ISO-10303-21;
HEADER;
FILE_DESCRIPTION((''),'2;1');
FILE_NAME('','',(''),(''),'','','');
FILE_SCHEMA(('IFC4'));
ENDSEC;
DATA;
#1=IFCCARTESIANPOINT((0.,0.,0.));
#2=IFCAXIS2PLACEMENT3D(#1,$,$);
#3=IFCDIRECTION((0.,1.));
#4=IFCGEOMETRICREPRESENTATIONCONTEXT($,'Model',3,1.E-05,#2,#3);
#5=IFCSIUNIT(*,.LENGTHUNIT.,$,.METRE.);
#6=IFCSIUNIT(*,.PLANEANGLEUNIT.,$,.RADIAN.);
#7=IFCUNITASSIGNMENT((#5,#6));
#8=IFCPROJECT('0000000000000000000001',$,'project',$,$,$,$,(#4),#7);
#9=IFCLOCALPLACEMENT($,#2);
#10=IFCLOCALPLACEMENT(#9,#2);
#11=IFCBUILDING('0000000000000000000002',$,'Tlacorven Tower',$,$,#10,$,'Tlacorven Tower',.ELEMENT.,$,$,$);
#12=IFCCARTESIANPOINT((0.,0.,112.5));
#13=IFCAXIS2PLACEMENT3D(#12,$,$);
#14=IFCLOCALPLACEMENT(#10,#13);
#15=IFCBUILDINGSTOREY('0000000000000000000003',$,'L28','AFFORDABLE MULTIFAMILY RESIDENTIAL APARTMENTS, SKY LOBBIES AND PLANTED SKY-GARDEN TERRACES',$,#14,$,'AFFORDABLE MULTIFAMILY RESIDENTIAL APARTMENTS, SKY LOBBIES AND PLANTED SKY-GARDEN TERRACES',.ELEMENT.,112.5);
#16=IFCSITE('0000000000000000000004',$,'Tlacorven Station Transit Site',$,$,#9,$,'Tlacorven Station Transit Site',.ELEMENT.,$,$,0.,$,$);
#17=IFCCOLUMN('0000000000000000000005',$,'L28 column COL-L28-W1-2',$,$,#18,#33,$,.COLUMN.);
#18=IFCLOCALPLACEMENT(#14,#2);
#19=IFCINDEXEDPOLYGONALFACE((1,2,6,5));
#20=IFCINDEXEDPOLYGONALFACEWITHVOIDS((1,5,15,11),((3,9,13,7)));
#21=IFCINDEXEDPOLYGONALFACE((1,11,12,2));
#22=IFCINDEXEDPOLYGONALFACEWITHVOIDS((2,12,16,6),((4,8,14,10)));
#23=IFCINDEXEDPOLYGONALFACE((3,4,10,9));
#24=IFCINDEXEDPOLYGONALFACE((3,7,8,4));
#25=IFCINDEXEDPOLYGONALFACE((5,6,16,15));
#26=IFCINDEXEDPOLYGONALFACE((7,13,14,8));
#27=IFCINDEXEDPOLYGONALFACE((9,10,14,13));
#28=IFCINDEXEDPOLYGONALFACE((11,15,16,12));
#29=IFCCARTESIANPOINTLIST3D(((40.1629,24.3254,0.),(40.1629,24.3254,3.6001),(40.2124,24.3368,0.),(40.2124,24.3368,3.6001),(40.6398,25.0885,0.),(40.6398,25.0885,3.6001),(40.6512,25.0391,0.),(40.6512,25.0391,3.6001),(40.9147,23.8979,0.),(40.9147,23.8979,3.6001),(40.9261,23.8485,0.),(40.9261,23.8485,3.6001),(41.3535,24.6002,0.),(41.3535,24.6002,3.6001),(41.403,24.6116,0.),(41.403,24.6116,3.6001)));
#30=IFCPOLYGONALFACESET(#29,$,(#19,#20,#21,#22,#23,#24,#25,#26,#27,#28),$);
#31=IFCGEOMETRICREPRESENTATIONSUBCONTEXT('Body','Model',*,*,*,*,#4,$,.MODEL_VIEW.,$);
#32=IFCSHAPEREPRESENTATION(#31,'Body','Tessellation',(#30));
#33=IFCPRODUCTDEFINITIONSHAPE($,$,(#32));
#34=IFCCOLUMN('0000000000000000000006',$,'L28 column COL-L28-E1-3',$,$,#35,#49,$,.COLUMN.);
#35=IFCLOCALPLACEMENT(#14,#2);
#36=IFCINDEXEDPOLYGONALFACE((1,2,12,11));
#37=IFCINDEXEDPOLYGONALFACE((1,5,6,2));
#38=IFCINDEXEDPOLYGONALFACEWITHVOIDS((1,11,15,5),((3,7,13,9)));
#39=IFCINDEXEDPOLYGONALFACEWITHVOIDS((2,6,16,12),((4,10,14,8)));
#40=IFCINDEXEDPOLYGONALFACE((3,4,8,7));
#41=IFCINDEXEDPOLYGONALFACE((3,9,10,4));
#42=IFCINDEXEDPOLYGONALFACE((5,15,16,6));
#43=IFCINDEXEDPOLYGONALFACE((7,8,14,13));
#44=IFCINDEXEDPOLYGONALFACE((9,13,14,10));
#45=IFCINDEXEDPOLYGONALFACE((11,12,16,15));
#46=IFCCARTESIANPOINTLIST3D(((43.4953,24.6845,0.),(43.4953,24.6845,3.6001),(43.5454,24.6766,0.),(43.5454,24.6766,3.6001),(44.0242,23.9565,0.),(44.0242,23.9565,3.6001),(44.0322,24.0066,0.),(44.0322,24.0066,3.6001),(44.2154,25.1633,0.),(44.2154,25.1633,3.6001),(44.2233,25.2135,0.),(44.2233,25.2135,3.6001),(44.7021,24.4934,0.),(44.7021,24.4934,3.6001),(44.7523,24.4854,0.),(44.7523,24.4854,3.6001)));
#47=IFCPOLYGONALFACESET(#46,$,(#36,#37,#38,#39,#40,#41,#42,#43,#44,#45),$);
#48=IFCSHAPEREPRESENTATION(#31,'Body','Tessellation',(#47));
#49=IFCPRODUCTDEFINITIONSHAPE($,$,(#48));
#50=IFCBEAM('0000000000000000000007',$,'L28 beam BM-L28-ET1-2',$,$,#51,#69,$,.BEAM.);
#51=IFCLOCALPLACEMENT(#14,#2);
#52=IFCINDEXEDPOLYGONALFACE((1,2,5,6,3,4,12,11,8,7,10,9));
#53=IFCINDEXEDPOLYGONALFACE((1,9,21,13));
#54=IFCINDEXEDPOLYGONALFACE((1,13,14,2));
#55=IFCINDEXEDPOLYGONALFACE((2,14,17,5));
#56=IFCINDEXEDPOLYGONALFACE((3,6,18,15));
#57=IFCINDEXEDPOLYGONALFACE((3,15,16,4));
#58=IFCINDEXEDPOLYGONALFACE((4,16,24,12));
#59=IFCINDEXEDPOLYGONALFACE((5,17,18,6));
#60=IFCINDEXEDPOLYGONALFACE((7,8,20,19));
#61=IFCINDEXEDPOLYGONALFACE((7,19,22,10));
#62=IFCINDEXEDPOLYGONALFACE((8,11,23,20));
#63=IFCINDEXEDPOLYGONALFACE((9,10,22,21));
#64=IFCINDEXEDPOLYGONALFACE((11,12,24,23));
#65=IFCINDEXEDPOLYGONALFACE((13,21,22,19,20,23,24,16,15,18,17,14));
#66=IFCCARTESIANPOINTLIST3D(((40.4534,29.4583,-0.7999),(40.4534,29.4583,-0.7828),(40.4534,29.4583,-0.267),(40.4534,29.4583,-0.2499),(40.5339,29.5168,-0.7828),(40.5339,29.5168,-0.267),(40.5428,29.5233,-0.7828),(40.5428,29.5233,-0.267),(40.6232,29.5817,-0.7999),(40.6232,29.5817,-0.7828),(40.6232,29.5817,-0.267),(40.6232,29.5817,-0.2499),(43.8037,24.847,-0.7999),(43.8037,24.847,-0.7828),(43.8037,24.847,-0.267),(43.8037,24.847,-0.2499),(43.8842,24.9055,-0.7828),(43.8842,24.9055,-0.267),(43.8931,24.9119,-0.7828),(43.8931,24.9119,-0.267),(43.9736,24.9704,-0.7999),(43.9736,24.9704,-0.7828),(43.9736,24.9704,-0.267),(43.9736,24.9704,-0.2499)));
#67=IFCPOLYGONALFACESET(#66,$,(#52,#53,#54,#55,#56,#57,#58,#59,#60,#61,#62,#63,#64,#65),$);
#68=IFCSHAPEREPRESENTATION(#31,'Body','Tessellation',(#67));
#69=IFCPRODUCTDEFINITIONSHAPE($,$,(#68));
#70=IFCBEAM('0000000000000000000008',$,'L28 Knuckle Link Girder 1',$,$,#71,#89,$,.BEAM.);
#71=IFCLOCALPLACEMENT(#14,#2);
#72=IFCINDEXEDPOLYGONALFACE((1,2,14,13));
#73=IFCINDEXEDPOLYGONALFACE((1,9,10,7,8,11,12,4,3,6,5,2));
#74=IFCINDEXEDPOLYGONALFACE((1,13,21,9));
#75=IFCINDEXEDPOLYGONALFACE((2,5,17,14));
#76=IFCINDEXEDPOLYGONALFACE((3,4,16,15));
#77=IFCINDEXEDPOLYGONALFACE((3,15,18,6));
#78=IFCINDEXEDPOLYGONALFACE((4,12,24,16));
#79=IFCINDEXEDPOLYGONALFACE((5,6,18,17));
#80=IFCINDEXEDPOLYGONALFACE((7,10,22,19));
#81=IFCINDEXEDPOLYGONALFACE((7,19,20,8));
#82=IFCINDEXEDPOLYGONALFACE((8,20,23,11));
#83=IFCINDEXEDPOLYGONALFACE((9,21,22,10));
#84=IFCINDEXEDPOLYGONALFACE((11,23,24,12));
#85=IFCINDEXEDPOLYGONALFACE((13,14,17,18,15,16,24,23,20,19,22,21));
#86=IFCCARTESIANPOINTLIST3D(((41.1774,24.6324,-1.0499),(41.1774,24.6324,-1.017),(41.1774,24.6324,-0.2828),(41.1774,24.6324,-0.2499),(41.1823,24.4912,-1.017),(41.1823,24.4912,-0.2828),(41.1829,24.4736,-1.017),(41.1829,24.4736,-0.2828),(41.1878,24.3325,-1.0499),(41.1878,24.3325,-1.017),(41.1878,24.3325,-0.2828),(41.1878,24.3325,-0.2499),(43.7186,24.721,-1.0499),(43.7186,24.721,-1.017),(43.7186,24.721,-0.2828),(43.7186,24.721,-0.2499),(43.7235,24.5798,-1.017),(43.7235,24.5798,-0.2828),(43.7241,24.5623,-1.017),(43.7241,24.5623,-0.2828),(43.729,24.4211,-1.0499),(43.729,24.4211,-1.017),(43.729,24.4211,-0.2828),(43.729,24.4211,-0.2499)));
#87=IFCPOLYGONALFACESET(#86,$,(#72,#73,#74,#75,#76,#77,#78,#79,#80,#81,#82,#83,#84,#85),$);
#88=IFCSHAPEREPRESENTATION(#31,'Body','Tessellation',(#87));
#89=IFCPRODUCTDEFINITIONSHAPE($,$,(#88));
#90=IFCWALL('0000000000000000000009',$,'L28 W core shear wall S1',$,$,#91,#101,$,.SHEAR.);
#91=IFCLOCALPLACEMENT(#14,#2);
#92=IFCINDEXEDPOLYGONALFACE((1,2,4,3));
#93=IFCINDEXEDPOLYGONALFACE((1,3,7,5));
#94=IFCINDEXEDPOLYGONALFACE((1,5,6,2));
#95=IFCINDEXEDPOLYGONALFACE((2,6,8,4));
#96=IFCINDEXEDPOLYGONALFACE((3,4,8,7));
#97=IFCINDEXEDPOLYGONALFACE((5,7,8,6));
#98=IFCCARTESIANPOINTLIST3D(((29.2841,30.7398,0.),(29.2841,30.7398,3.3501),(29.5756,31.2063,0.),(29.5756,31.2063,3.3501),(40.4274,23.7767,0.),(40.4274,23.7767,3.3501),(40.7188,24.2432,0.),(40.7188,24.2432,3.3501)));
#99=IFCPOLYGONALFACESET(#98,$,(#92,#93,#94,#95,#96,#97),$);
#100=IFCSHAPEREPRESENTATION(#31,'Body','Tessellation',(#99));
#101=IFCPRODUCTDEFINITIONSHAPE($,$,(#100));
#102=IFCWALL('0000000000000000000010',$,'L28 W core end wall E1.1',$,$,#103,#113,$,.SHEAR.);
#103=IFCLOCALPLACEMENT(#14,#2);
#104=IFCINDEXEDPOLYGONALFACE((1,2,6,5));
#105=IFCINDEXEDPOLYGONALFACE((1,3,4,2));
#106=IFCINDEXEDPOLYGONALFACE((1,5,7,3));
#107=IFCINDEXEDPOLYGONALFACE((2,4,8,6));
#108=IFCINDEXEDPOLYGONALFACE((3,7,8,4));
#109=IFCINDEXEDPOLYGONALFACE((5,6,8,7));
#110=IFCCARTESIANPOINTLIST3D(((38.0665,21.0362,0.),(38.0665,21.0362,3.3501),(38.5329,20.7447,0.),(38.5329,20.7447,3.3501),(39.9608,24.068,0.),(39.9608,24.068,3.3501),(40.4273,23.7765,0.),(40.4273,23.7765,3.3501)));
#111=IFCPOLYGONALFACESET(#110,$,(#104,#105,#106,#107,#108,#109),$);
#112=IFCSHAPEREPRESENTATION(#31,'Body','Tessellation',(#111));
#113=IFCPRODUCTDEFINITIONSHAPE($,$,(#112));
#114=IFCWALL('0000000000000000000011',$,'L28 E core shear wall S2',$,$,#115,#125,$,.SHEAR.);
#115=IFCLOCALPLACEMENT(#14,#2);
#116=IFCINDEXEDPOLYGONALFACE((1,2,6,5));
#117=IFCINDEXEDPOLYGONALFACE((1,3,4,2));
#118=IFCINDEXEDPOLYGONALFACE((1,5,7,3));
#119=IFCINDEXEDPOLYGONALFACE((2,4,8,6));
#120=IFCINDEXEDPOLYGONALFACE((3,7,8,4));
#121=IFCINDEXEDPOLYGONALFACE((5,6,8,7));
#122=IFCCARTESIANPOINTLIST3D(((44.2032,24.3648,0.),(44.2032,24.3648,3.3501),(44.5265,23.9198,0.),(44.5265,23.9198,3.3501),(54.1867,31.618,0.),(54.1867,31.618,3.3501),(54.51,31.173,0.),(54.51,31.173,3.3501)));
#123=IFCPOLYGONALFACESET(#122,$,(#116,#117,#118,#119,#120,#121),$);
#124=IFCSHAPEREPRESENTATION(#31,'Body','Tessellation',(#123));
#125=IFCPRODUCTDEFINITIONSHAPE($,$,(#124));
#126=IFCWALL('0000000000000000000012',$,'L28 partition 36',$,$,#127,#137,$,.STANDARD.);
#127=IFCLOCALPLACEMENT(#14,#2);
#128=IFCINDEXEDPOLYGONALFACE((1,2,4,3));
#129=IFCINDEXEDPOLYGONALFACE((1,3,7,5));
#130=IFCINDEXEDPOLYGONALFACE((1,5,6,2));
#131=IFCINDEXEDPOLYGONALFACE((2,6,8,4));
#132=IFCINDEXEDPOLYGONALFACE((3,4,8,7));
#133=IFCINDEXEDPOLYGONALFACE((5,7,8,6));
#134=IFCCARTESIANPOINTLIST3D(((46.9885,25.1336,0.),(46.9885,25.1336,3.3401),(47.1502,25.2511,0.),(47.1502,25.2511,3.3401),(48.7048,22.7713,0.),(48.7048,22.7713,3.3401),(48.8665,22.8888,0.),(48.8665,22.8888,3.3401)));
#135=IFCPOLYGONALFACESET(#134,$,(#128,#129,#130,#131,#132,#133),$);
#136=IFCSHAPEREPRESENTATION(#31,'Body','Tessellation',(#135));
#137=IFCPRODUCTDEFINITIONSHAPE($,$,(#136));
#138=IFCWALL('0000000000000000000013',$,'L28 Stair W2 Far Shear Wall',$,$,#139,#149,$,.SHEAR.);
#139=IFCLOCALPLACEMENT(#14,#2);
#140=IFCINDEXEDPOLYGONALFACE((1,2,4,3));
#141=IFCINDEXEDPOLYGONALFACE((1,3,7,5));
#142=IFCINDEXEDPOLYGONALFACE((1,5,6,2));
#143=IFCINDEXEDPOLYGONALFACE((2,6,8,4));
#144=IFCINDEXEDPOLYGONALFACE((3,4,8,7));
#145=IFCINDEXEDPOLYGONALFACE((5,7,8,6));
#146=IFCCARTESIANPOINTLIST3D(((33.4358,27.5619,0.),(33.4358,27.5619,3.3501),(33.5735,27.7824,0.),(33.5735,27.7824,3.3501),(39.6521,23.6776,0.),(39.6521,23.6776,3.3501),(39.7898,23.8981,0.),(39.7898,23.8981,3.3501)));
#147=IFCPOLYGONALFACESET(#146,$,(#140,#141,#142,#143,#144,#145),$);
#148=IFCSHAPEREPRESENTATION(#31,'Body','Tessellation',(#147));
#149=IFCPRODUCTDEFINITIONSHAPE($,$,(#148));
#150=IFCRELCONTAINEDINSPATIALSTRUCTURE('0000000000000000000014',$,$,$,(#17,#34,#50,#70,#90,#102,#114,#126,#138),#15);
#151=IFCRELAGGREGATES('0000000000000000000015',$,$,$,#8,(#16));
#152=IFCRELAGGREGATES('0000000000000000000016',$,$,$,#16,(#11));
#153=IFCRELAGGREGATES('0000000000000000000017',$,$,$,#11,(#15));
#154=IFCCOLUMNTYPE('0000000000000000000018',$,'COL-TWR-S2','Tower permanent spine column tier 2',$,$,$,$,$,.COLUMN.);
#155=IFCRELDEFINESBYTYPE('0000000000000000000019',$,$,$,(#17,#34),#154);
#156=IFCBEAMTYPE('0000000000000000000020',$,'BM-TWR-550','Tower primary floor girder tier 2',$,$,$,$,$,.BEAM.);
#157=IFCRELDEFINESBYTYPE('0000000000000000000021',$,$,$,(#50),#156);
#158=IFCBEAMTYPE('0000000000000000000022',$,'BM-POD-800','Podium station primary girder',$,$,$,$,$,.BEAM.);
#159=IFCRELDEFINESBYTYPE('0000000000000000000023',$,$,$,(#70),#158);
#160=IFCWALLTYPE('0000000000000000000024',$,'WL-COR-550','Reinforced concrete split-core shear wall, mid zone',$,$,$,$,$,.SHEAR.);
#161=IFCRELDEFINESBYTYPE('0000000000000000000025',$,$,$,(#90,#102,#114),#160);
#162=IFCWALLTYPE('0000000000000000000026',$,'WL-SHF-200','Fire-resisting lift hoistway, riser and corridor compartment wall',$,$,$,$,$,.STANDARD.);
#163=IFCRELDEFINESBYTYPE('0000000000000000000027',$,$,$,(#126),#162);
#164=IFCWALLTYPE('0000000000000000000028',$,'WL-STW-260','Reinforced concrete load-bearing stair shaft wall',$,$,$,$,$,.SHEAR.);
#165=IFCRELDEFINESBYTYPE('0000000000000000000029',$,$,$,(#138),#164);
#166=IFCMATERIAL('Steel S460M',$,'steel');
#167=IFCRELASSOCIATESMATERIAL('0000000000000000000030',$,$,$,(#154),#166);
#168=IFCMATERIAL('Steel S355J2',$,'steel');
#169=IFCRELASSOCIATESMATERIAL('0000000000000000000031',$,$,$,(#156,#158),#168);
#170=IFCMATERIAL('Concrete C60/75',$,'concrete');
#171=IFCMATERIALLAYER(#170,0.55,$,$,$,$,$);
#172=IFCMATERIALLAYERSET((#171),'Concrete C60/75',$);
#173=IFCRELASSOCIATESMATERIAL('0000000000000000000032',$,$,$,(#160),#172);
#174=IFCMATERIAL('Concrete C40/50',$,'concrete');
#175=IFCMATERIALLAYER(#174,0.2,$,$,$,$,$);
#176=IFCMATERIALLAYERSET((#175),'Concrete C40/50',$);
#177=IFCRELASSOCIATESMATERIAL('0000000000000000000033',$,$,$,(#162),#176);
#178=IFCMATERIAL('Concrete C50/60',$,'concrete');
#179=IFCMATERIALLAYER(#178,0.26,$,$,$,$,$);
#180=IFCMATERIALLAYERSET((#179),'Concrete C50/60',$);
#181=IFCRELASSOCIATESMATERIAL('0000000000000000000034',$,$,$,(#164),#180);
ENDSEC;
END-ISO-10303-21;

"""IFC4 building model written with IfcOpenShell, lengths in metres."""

from ifc_helpers import new_model, si_unit, direction, frame, frame_2d, origin, origin_2d, place, context, subcontext, project, spatial, rectangle, hollow_rectangle, i_section, extrude, source, transform, mapped, material, layer, layer_set, material_profile, profile_set, type_object, element, save


model = new_model("IFC4")

# Units and contexts
model_context = context("Model", 3, precision=1e-05, world=origin(), true_north=direction((0.0, 1.0)))
body_context = subcontext(model_context, "Body", "Model", "MODEL_VIEW")
ifc_project = project(units=[si_unit("LENGTHUNIT", "METRE"), si_unit("PLANEANGLEUNIT", "RADIAN")], contexts=[model_context])

# Site, building, storey
site_placement = place(None, origin())
site = spatial("IfcSite", under=ifc_project, at=site_placement, Name="Tlacorven Station Transit Site", LongName="Tlacorven Station Transit Site", CompositionType="ELEMENT", RefElevation=0.0)
building_placement = place(site_placement, origin())
building = spatial("IfcBuilding", under=site, at=building_placement, Name="Tlacorven Tower", LongName="Tlacorven Tower", CompositionType="ELEMENT")
storey_placement = place(building_placement, frame((0.0, 0.0, 112.5)))
storey = spatial("IfcBuildingStorey", under=building, at=storey_placement, Name="L28", Description="AFFORDABLE MULTIFAMILY RESIDENTIAL APARTMENTS, SKY LOBBIES AND PLANTED SKY-GARDEN TERRACES", LongName="AFFORDABLE MULTIFAMILY RESIDENTIAL APARTMENTS, SKY LOBBIES AND PLANTED SKY-GARDEN TERRACES", CompositionType="ELEMENT", Elevation=112.5)

# Columns
ifc_material_1 = material(Name="Steel S460M", Category="steel")
ifc_material_profile_1 = material_profile(ifc_material_1, hollow_rectangle(XDim=0.8999, YDim=0.8999, WallThickness=0.0359, at=origin_2d()), Name="BOX 900X900X36")
ifc_profile_set_1 = profile_set([ifc_material_profile_1], Name="Steel S460M")
column_type = type_object("IfcColumnType", Name="COL-TWR-S2", Description="Tower permanent spine column tier 2", PredefinedType="COLUMN", material=ifc_profile_set_1)
shared_shape_1 = source(origin(), body_context, "Body", "SweptSolid", [
    extrude(hollow_rectangle(XDim=0.8999, YDim=0.8999, WallThickness=0.0359, at=origin_2d()), origin(), (0.0, 0.0, 1.0), 3.6001),
])
for number, where, z_axis, x_axis, name in (
    (1, (40.783, 24.4685, 0.0), (0.0, 0.0, 1.0), (-0.848048, 0.529919, 0.0), "L28 column COL-L28-W1-2"),
    (2, (44.1238, 24.585, 0.0), (0.0, 0.0, 1.0), (0.809017, 0.587785, 0.0), "L28 column COL-L28-E1-3"),
):
    element("IfcColumn", number, at=place(storey_placement, frame(where, z_axis=z_axis, x_axis=x_axis)), inside=storey, type_object=column_type, Name=name, PredefinedType="COLUMN", context=body_context, shape_type="MappedRepresentation", body=[
        mapped(shared_shape_1, transform((0.0, 0.0, 0.0), scale=1.0)),
    ])

# Beams
ifc_material_2 = material(Name="Steel S355J2", Category="steel")
ifc_material_profile_2 = material_profile(ifc_material_2, i_section(OverallWidth=0.21, OverallDepth=0.55, WebThickness=0.011, FlangeThickness=0.0171, at=origin_2d()), Name="IPE 550")
ifc_profile_set_2 = profile_set([ifc_material_profile_2], Name="Steel S355J2")
beam_type_1 = type_object("IfcBeamType", Name="BM-TWR-550", Description="Tower primary floor girder tier 2", PredefinedType="BEAM", material=ifc_profile_set_2)
shared_shape_2 = source(origin(), body_context, "Body", "SweptSolid", [
    extrude(i_section(OverallWidth=0.21, OverallDepth=0.55, WebThickness=0.011, FlangeThickness=0.0171, at=origin_2d()), origin(), (0.0, 0.0, 1.0), 5.7),
])
beam_1_placement = place(storey_placement, frame((43.8887, 24.9087, -0.5249), z_axis=(-0.587787, 0.809016, 0.0), x_axis=(-0.809016, -0.587787, 0.0)))
element("IfcBeam", 3, at=beam_1_placement, inside=storey, type_object=beam_type_1, Name="L28 beam BM-L28-ET1-2", PredefinedType="BEAM", context=body_context, shape_type="MappedRepresentation", body=[
    mapped(shared_shape_2, transform((0.0, 0.0, 0.0), scale=1.0)),
])
ifc_material_profile_3 = material_profile(ifc_material_2, i_section(OverallWidth=0.3, OverallDepth=0.8, WebThickness=0.0176, FlangeThickness=0.033, at=origin_2d()), Name="HEB 800")
ifc_profile_set_3 = profile_set([ifc_material_profile_3], Name="Steel S355J2")
beam_type_2 = type_object("IfcBeamType", Name="BM-POD-800", Description="Podium station primary girder", PredefinedType="BEAM", material=ifc_profile_set_3)
shared_shape_3 = source(origin(), body_context, "Body", "SweptSolid", [
    extrude(i_section(OverallWidth=0.3, OverallDepth=0.8, WebThickness=0.0176, FlangeThickness=0.033, at=origin_2d()), origin(), (0.0, 0.0, 1.0), 2.5427),
])
beam_2_placement = place(storey_placement, frame((41.1826, 24.4824, -0.6499), z_axis=(0.999392, 0.034852, 0.0), x_axis=(-0.034852, 0.999392, 0.0)))
element("IfcBeam", 4, at=beam_2_placement, inside=storey, type_object=beam_type_2, Name="L28 Knuckle Link Girder 1", PredefinedType="BEAM", context=body_context, shape_type="MappedRepresentation", body=[
    mapped(shared_shape_3, transform((0.0, 0.0, 0.0), scale=1.0)),
])

# Walls
ifc_material_3 = material(Name="Concrete C60/75", Category="concrete")
ifc_layer_1 = layer(ifc_material_3, 0.55)
ifc_layer_set_1 = layer_set([ifc_layer_1], Name="Concrete C60/75")
wall_type_1 = type_object("IfcWallType", Name="WL-COR-550", Description="Reinforced concrete split-core shear wall, mid zone", PredefinedType="SHEAR", material=ifc_layer_set_1)
wall_1_placement = place(storey_placement, frame((40.573, 24.01, 0.0), z_axis=(0.0, 0.0, 1.0), x_axis=(-0.848047, 0.52992, 0.0)))
element("IfcWall", 5, at=wall_1_placement, inside=storey, type_object=wall_type_1, Name="L28 W core shear wall S1", PredefinedType="SHEAR", context=body_context, shape_type="SweptSolid", body=[
    extrude(rectangle(XDim=13.1399, YDim=0.55, at=frame_2d((6.5698, 0.0))), origin(), (0.0, 0.0, 1.0), 3.3501),
])
wall_2_placement = place(storey_placement, frame((40.1941, 23.9224, 0.0), z_axis=(0.0, 0.0, 1.0), x_axis=(-0.529888, -0.848067, 0.0)))
element("IfcWall", 6, at=wall_2_placement, inside=storey, type_object=wall_type_1, Name="L28 W core end wall E1.1", PredefinedType="SHEAR", context=body_context, shape_type="SweptSolid", body=[
    extrude(rectangle(XDim=3.575, YDim=0.55, at=frame_2d((1.7876, 0.0))), origin(), (0.0, 0.0, 1.0), 3.3501),
])
wall_3_placement = place(storey_placement, frame((44.365, 24.1423, 0.0), z_axis=(0.0, 0.0, 1.0), x_axis=(0.809024, 0.587775, 0.0)))
element("IfcWall", 7, at=wall_3_placement, inside=storey, type_object=wall_type_1, Name="L28 E core shear wall S2", PredefinedType="SHEAR", context=body_context, shape_type="SweptSolid", body=[
    extrude(rectangle(XDim=12.3401, YDim=0.55, at=frame_2d((6.1699, 0.0))), origin(), (0.0, 0.0, 1.0), 3.3501),
])
ifc_material_4 = material(Name="Concrete C40/50", Category="concrete")
ifc_layer_2 = layer(ifc_material_4, 0.2)
ifc_layer_set_2 = layer_set([ifc_layer_2], Name="Concrete C40/50")
wall_type_2 = type_object("IfcWallType", Name="WL-SHF-200", Description="Fire-resisting lift hoistway, riser and corridor compartment wall", PredefinedType="STANDARD", material=ifc_layer_set_2)
wall_4_placement = place(storey_placement, frame((48.7856, 22.8301, 0.0), z_axis=(0.0, 0.0, 1.0), x_axis=(-0.587784, 0.809018, 0.0)))
element("IfcWall", 8, at=wall_4_placement, inside=storey, type_object=wall_type_2, Name="L28 partition 36", PredefinedType="STANDARD", context=body_context, shape_type="SweptSolid", body=[
    extrude(rectangle(XDim=2.9199, YDim=0.2, at=frame_2d((1.46, 0.0))), origin(), (0.0, 0.0, 1.0), 3.3401),
])
ifc_material_5 = material(Name="Concrete C50/60", Category="concrete")
ifc_layer_3 = layer(ifc_material_5, 0.26)
ifc_layer_set_3 = layer_set([ifc_layer_3], Name="Concrete C50/60")
wall_type_3 = type_object("IfcWallType", Name="WL-STW-260", Description="Reinforced concrete load-bearing stair shaft wall", PredefinedType="SHEAR", material=ifc_layer_set_3)
wall_5_placement = place(storey_placement, frame((39.7209, 23.7878, 0.0), z_axis=(0.0, 0.0, 1.0), x_axis=(-0.848054, 0.529909, 0.0)))
element("IfcWall", 9, at=wall_5_placement, inside=storey, type_object=wall_type_3, Name="L28 Stair W2 Far Shear Wall", PredefinedType="SHEAR", context=body_context, shape_type="SweptSolid", body=[
    extrude(rectangle(XDim=7.3301, YDim=0.26, at=frame_2d((3.665, 0.0))), origin(), (0.0, 0.0, 1.0), 3.3501),
])

save(model, "model.ifc")
